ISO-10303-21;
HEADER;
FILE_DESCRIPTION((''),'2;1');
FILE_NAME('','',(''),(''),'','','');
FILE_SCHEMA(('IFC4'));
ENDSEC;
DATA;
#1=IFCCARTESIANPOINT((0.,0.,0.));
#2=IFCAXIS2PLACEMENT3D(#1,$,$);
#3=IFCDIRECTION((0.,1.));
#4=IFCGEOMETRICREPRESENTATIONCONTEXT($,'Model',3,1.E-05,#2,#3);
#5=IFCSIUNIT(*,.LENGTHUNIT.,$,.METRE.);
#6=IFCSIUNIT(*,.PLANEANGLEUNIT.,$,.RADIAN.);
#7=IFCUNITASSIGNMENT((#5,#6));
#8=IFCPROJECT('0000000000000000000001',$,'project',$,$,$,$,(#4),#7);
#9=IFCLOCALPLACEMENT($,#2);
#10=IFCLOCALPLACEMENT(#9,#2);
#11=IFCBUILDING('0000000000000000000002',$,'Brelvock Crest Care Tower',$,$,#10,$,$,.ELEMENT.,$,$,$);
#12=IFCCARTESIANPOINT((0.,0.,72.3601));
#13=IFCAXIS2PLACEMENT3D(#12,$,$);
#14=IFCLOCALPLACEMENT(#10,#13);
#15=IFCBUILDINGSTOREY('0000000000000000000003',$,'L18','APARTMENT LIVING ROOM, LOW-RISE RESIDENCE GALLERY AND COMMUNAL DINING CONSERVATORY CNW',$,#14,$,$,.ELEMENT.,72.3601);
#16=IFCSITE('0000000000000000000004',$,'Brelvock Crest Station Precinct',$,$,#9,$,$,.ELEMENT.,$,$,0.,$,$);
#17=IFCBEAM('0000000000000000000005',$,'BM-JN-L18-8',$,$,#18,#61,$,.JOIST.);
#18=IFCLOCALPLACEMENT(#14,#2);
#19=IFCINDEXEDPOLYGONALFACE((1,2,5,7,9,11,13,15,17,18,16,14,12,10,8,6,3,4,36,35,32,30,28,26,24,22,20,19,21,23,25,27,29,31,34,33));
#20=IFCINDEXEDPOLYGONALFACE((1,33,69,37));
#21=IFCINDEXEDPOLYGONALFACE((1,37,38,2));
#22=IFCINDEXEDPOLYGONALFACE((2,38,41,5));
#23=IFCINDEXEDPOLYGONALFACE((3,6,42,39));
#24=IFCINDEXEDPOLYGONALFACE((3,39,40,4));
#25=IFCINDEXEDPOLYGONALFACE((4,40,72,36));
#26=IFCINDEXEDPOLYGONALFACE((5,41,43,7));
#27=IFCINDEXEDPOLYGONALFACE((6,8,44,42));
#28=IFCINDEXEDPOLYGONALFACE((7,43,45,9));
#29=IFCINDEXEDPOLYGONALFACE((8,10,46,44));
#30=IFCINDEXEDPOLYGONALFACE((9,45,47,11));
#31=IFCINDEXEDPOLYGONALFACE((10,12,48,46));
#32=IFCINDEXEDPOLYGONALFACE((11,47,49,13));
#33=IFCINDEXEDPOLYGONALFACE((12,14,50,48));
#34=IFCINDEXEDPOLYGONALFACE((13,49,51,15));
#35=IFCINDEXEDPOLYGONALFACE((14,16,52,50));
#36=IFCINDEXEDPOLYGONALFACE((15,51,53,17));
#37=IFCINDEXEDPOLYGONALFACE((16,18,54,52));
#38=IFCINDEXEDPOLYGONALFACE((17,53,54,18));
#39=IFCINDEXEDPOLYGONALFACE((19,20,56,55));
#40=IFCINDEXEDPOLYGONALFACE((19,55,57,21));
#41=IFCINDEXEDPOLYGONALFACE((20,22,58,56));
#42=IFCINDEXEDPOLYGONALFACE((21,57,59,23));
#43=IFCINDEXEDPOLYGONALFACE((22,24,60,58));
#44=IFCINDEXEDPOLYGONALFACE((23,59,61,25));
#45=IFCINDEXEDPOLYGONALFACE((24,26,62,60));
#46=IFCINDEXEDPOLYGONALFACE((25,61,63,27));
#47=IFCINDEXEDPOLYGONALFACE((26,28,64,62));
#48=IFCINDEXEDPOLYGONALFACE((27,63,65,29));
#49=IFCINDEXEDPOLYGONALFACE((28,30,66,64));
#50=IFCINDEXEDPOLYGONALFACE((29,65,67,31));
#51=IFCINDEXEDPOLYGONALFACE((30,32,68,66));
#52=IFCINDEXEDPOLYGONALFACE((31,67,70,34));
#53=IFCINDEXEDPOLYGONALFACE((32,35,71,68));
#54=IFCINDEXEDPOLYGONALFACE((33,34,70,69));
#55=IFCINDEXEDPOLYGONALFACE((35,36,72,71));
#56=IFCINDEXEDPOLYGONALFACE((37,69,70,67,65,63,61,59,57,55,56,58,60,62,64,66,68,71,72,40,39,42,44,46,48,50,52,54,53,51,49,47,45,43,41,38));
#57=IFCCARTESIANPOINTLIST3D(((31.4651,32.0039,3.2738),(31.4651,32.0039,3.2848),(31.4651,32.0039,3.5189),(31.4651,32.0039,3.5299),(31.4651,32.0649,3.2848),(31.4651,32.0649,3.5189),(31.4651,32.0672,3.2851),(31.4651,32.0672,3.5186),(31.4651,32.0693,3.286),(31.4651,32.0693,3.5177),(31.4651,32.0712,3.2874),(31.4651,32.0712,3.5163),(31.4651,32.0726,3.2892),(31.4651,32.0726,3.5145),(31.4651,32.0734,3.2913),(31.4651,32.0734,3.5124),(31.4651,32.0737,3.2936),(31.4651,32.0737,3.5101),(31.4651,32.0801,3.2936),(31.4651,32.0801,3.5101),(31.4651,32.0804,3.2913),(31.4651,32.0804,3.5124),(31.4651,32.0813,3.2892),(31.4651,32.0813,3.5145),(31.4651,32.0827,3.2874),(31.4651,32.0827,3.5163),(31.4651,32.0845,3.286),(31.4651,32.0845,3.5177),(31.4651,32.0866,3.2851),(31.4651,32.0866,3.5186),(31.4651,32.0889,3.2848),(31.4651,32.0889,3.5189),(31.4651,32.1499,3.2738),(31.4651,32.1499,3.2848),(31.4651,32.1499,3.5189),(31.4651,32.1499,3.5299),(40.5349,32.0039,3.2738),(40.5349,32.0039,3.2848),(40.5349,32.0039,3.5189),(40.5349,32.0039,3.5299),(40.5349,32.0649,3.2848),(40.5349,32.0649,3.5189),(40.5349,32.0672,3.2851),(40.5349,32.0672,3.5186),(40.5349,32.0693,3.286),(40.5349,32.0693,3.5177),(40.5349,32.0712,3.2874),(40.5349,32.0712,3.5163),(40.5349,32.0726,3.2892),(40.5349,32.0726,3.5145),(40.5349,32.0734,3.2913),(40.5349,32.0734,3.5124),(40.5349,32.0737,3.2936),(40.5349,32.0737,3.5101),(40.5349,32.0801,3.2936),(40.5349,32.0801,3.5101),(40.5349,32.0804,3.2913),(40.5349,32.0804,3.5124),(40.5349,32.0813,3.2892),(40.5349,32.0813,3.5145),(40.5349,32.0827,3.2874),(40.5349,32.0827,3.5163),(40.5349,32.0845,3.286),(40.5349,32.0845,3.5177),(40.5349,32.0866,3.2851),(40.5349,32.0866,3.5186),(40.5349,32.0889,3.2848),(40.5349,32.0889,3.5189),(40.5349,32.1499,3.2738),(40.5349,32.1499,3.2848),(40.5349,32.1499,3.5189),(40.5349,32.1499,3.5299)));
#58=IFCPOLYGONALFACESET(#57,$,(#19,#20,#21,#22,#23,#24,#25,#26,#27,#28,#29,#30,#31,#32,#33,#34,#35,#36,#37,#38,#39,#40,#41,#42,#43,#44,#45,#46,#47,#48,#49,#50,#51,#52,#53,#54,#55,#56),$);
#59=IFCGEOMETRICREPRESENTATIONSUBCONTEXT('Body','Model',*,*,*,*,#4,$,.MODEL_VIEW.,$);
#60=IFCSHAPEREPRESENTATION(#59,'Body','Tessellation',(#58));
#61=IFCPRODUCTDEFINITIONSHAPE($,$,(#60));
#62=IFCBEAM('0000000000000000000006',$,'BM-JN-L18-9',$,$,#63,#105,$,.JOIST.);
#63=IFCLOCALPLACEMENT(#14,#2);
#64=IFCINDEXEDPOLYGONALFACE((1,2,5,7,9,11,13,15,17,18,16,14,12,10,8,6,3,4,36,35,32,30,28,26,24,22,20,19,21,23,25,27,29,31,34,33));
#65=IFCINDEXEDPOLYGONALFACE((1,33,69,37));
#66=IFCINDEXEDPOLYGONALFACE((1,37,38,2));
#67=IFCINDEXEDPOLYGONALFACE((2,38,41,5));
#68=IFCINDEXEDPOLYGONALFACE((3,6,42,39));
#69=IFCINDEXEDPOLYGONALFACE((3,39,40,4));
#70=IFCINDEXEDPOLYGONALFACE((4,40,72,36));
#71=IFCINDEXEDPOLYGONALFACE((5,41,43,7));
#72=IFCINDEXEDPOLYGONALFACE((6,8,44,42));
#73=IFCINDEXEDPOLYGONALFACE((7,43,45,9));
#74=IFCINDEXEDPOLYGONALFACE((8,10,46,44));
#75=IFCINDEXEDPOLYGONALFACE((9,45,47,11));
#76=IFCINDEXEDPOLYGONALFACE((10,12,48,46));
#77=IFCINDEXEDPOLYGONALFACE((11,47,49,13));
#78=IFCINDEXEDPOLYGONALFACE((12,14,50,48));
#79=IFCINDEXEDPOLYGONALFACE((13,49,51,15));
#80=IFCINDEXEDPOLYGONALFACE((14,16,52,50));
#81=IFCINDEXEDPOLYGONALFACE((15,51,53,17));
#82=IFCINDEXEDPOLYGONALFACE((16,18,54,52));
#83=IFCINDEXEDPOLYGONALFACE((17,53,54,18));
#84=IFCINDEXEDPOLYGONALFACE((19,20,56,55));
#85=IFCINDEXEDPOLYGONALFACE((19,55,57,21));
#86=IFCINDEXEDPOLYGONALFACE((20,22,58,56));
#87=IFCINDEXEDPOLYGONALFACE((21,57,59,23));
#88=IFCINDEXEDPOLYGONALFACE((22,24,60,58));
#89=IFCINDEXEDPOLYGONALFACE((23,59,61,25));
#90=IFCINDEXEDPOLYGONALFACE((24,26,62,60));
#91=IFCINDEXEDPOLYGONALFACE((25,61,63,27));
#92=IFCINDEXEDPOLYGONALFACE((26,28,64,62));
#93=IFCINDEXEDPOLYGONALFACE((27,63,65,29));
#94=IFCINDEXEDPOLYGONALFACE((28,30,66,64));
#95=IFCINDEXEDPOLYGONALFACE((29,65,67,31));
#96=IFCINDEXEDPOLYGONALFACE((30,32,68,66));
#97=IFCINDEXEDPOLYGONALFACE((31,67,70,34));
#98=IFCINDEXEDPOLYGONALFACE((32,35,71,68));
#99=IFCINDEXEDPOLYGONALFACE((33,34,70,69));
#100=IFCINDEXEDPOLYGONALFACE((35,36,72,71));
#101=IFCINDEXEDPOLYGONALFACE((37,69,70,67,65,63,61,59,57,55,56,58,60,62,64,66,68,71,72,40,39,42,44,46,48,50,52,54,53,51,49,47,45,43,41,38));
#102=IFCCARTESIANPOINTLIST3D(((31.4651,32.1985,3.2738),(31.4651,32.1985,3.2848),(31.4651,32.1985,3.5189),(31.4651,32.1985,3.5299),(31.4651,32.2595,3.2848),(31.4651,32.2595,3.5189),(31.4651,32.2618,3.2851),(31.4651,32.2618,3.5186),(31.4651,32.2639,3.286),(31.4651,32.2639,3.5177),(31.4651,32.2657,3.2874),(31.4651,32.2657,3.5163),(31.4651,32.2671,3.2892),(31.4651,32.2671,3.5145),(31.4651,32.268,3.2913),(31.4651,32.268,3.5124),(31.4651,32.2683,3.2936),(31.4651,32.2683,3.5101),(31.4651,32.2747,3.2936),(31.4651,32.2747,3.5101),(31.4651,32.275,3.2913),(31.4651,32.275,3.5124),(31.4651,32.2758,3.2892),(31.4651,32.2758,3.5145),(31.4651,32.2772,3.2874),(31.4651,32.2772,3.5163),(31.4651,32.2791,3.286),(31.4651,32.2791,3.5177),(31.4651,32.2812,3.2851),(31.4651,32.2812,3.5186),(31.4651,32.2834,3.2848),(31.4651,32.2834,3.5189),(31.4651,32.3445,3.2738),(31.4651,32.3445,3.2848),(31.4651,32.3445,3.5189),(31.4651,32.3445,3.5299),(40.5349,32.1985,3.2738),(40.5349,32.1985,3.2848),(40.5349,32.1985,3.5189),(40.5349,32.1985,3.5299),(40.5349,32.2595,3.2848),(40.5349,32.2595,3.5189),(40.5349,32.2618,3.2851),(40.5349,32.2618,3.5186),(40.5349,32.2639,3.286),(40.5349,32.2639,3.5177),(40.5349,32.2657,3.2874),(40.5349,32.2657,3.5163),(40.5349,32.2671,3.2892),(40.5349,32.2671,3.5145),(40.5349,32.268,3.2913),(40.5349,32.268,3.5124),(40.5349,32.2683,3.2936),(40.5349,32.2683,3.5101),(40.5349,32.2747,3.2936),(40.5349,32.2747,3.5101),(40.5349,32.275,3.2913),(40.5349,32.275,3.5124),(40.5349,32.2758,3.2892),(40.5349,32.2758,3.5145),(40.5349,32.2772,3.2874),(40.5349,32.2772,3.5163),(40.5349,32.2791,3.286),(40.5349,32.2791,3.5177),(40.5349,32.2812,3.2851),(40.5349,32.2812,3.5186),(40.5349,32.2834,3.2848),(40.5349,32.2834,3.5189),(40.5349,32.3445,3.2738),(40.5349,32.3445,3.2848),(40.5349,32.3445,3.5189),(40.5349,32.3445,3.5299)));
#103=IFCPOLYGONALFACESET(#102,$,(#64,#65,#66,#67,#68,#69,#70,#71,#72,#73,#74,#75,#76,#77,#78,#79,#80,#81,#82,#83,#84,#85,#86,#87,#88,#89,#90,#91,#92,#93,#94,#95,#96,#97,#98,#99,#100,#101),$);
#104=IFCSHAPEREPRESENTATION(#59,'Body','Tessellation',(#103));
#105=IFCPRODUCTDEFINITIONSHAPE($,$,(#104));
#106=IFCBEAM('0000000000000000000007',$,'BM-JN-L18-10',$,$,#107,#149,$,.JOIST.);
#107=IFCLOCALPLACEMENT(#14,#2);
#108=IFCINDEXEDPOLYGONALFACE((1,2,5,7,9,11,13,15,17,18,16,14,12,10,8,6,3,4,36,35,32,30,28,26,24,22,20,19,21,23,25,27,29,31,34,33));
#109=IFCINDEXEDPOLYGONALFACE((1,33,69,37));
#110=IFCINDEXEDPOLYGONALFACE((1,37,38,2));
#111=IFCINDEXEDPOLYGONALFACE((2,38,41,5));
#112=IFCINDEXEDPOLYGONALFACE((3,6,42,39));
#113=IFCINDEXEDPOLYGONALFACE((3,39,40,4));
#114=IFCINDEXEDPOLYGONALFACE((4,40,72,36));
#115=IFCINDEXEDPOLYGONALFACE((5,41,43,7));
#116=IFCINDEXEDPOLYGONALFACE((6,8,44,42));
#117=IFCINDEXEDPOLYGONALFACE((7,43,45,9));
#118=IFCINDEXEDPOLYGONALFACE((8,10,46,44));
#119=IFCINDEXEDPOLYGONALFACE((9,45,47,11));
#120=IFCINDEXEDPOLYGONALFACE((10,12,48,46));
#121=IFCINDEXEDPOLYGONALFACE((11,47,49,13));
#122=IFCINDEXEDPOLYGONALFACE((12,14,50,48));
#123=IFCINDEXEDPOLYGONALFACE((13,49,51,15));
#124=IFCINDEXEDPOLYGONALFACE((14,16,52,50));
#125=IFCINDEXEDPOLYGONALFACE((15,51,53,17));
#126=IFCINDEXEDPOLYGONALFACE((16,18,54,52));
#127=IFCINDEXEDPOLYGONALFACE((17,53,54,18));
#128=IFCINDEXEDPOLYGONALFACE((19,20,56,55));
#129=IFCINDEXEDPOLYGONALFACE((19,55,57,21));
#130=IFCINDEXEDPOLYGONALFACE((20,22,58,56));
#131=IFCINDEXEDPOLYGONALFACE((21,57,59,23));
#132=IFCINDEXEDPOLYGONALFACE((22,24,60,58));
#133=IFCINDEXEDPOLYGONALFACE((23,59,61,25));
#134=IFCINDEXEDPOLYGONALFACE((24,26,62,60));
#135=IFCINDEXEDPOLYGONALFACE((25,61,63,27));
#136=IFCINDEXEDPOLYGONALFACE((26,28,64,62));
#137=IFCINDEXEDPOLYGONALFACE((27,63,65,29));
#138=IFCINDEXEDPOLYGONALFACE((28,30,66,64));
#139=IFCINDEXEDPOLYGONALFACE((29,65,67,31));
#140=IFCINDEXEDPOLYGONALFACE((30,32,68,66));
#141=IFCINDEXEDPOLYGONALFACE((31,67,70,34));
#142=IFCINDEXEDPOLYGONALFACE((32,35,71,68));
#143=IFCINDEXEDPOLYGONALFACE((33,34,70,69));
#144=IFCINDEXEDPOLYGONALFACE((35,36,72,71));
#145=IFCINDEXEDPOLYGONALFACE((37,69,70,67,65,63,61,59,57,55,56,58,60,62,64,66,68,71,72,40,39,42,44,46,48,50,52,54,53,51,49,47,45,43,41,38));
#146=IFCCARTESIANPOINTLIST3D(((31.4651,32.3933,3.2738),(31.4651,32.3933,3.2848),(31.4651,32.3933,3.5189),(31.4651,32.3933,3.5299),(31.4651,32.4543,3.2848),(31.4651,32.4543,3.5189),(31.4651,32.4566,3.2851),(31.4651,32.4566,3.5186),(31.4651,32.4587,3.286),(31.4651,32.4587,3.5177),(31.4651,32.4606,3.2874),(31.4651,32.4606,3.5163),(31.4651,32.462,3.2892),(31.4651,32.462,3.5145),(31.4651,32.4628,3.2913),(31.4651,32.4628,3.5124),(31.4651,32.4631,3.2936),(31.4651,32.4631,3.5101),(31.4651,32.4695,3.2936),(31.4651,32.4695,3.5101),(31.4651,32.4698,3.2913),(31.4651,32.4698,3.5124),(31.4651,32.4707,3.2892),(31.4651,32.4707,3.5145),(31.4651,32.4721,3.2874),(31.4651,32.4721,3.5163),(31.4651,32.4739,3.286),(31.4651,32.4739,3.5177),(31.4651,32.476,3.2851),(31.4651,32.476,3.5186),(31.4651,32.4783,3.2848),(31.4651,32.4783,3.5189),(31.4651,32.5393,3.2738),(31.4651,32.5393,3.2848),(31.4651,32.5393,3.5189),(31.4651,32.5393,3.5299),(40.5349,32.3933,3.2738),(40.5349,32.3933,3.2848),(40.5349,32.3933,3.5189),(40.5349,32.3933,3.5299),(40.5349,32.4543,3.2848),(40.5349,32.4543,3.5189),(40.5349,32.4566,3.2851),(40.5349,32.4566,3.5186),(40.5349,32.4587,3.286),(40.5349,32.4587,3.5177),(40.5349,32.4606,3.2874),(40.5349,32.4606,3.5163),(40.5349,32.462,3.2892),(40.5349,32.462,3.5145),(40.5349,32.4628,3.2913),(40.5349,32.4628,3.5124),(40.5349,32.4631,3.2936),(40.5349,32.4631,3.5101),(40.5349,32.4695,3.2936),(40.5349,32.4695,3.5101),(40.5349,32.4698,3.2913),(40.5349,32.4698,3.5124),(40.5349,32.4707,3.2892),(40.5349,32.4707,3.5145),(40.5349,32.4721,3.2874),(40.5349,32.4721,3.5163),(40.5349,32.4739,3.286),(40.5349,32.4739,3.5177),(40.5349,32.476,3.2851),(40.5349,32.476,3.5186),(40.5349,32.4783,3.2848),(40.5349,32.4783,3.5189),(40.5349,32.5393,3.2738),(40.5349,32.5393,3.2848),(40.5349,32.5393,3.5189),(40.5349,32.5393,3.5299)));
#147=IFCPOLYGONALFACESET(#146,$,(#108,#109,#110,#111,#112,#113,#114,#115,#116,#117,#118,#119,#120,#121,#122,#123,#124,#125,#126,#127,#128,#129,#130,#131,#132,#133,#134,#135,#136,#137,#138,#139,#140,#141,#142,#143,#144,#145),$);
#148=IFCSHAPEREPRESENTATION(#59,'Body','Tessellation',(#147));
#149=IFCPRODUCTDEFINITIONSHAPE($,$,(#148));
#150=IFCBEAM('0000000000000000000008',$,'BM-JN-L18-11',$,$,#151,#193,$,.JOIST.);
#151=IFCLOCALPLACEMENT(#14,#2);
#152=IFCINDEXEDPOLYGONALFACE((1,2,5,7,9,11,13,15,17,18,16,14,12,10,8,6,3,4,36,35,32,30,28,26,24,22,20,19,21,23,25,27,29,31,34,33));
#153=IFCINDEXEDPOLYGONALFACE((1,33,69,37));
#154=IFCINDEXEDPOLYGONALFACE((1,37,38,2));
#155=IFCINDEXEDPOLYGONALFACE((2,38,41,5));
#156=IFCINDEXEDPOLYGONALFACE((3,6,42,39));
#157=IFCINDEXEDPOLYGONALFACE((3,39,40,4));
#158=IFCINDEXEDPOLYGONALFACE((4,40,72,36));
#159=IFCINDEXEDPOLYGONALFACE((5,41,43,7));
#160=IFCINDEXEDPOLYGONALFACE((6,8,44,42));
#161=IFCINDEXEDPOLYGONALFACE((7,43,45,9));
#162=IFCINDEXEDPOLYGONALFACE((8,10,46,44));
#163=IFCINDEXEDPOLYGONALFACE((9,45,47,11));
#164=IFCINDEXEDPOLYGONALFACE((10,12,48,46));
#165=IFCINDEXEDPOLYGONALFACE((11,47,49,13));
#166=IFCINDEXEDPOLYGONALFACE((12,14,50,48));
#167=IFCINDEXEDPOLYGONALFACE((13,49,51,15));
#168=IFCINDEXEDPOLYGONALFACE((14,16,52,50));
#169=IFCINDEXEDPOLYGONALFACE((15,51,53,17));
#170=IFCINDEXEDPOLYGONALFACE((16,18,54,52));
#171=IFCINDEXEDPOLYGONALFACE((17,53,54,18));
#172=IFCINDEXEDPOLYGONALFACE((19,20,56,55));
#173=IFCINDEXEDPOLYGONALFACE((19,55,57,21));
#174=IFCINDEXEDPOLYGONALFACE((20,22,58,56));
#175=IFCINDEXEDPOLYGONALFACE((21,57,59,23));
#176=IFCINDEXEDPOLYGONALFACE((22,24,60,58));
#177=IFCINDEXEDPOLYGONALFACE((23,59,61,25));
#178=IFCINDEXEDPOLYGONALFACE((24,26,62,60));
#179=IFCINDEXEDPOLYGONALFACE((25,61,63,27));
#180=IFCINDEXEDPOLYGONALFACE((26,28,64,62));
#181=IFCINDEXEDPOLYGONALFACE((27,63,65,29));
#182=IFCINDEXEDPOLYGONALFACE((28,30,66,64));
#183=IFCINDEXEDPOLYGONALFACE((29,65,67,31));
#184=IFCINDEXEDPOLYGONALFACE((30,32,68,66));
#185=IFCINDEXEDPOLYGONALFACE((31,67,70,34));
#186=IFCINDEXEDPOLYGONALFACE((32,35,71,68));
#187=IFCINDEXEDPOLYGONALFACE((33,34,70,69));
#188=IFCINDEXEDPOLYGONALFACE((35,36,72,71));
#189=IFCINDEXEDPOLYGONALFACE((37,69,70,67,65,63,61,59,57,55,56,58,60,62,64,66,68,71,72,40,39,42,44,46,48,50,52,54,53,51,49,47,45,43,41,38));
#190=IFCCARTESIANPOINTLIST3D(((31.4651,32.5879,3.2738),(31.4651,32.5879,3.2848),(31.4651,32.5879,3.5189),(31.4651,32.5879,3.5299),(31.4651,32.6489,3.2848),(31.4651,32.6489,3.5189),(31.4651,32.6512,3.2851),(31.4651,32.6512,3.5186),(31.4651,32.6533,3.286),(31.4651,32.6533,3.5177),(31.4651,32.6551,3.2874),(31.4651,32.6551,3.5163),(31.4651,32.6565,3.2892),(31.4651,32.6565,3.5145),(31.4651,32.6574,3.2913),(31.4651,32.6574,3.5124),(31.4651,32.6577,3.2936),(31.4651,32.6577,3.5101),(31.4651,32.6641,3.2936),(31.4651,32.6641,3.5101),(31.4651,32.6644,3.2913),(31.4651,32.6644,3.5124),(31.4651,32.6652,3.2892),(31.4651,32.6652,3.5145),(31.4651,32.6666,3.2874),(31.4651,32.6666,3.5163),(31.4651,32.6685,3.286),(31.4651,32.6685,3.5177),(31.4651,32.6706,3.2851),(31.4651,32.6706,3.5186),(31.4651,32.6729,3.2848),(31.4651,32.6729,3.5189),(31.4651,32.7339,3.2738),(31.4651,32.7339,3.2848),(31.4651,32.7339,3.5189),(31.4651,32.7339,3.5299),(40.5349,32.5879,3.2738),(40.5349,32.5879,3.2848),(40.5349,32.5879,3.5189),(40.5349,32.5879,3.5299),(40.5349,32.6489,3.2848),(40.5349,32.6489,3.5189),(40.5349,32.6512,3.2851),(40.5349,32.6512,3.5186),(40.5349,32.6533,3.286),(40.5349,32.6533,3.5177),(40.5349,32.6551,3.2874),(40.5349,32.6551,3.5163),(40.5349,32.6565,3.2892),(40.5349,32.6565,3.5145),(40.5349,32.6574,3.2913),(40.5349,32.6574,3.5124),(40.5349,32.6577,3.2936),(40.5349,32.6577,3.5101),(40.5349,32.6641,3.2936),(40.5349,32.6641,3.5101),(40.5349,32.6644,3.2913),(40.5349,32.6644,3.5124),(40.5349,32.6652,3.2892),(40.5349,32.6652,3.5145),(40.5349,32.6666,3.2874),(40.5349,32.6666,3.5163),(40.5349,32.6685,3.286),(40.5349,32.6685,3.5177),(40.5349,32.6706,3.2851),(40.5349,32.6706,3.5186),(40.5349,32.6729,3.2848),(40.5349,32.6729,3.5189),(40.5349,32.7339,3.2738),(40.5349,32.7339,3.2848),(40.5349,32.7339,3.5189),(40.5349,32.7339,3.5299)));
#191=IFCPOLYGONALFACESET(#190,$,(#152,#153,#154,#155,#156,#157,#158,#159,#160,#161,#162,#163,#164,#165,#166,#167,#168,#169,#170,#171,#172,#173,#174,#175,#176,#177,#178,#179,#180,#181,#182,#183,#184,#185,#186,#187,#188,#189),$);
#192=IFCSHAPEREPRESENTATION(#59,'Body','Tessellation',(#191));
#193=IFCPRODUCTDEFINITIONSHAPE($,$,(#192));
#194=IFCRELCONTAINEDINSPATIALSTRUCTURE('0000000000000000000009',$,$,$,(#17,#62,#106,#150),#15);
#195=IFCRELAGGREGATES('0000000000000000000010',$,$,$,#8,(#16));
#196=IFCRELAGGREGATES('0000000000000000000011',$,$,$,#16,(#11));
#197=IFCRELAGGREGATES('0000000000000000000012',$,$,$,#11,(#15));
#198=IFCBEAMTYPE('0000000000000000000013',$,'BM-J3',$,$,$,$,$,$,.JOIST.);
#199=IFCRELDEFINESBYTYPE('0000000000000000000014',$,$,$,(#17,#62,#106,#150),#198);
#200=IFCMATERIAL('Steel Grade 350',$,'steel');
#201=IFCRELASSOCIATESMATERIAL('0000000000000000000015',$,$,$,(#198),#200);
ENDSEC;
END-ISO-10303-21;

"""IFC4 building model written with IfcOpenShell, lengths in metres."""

from ifc_helpers import new_model, si_unit, direction, frame, origin, origin_2d, place, context, subcontext, project, spatial, i_section, extrude, source, transform, mapped, material, material_profile, profile_set, type_object, element, save


model = new_model("IFC4")

# Units and contexts
model_context = context("Model", 3, precision=1e-05, world=origin(), true_north=direction((0.0, 1.0)))
body_context = subcontext(model_context, "Body", "Model", "MODEL_VIEW")
ifc_project = project(units=[si_unit("LENGTHUNIT", "METRE"), si_unit("PLANEANGLEUNIT", "RADIAN")], contexts=[model_context])

# Site, building, storey
site_placement = place(None, origin())
site = spatial("IfcSite", under=ifc_project, at=site_placement, Name="Brelvock Crest Station Precinct", CompositionType="ELEMENT", RefElevation=0.0)
building_placement = place(site_placement, origin())
building = spatial("IfcBuilding", under=site, at=building_placement, Name="Brelvock Crest Care Tower", CompositionType="ELEMENT")
storey_placement = place(building_placement, frame((0.0, 0.0, 72.3601)))
storey = spatial("IfcBuildingStorey", under=building, at=storey_placement, Name="L18", Description="APARTMENT LIVING ROOM, LOW-RISE RESIDENCE GALLERY AND COMMUNAL DINING CONSERVATORY CNW", CompositionType="ELEMENT", Elevation=72.3601)

# Beams
ifc_material_1 = material(Name="Steel Grade 350", Category="steel")
ifc_material_profile_1 = material_profile(ifc_material_1, i_section(OverallWidth=0.146, OverallDepth=0.2561, WebThickness=0.0063, FlangeThickness=0.011, FilletRadius=0.0088, at=origin_2d()), Name="250UB37.3")
ifc_profile_set_1 = profile_set([ifc_material_profile_1], Name="Steel Grade 350")
beam_type_1 = type_object("IfcBeamType", Name="BM-J3", PredefinedType="JOIST", material=ifc_profile_set_1)
shared_shape_1 = source(origin(), body_context, "Body", "SweptSolid", [
    extrude(i_section(OverallWidth=0.146, OverallDepth=0.2561, WebThickness=0.0063, FlangeThickness=0.011, FilletRadius=0.0088, at=origin_2d()), origin(), (0.0, 0.0, 1.0), 9.0698),
])
for number, where, z_axis, x_axis, name in (
    (1, (31.4651, 32.0769, 3.4019), (1.0, 0.0, 0.0), (0.0, 1.0, 0.0), "BM-JN-L18-8"),
    (2, (31.4651, 32.2715, 3.4019), (1.0, 0.0, 0.0), (0.0, 1.0, 0.0), "BM-JN-L18-9"),
    (3, (31.4651, 32.4663, 3.4019), (1.0, 0.0, 0.0), (0.0, 1.0, 0.0), "BM-JN-L18-10"),
    (4, (31.4651, 32.6609, 3.4019), (1.0, 0.0, 0.0), (0.0, 1.0, 0.0), "BM-JN-L18-11"),
):
    element("IfcBeam", number, at=place(storey_placement, frame(where, z_axis=z_axis, x_axis=x_axis)), inside=storey, type_object=beam_type_1, Name=name, PredefinedType="JOIST", context=body_context, shape_type="MappedRepresentation", body=[
        mapped(shared_shape_1, transform((0.0, 0.0, 0.0), x_axis=(1.0, 0.0, 0.0), y_axis=(0.0, 1.0, 0.0), z_axis=(0.0, 0.0, 1.0), scale=1.0)),
    ])

save(model, "model.ifc")
